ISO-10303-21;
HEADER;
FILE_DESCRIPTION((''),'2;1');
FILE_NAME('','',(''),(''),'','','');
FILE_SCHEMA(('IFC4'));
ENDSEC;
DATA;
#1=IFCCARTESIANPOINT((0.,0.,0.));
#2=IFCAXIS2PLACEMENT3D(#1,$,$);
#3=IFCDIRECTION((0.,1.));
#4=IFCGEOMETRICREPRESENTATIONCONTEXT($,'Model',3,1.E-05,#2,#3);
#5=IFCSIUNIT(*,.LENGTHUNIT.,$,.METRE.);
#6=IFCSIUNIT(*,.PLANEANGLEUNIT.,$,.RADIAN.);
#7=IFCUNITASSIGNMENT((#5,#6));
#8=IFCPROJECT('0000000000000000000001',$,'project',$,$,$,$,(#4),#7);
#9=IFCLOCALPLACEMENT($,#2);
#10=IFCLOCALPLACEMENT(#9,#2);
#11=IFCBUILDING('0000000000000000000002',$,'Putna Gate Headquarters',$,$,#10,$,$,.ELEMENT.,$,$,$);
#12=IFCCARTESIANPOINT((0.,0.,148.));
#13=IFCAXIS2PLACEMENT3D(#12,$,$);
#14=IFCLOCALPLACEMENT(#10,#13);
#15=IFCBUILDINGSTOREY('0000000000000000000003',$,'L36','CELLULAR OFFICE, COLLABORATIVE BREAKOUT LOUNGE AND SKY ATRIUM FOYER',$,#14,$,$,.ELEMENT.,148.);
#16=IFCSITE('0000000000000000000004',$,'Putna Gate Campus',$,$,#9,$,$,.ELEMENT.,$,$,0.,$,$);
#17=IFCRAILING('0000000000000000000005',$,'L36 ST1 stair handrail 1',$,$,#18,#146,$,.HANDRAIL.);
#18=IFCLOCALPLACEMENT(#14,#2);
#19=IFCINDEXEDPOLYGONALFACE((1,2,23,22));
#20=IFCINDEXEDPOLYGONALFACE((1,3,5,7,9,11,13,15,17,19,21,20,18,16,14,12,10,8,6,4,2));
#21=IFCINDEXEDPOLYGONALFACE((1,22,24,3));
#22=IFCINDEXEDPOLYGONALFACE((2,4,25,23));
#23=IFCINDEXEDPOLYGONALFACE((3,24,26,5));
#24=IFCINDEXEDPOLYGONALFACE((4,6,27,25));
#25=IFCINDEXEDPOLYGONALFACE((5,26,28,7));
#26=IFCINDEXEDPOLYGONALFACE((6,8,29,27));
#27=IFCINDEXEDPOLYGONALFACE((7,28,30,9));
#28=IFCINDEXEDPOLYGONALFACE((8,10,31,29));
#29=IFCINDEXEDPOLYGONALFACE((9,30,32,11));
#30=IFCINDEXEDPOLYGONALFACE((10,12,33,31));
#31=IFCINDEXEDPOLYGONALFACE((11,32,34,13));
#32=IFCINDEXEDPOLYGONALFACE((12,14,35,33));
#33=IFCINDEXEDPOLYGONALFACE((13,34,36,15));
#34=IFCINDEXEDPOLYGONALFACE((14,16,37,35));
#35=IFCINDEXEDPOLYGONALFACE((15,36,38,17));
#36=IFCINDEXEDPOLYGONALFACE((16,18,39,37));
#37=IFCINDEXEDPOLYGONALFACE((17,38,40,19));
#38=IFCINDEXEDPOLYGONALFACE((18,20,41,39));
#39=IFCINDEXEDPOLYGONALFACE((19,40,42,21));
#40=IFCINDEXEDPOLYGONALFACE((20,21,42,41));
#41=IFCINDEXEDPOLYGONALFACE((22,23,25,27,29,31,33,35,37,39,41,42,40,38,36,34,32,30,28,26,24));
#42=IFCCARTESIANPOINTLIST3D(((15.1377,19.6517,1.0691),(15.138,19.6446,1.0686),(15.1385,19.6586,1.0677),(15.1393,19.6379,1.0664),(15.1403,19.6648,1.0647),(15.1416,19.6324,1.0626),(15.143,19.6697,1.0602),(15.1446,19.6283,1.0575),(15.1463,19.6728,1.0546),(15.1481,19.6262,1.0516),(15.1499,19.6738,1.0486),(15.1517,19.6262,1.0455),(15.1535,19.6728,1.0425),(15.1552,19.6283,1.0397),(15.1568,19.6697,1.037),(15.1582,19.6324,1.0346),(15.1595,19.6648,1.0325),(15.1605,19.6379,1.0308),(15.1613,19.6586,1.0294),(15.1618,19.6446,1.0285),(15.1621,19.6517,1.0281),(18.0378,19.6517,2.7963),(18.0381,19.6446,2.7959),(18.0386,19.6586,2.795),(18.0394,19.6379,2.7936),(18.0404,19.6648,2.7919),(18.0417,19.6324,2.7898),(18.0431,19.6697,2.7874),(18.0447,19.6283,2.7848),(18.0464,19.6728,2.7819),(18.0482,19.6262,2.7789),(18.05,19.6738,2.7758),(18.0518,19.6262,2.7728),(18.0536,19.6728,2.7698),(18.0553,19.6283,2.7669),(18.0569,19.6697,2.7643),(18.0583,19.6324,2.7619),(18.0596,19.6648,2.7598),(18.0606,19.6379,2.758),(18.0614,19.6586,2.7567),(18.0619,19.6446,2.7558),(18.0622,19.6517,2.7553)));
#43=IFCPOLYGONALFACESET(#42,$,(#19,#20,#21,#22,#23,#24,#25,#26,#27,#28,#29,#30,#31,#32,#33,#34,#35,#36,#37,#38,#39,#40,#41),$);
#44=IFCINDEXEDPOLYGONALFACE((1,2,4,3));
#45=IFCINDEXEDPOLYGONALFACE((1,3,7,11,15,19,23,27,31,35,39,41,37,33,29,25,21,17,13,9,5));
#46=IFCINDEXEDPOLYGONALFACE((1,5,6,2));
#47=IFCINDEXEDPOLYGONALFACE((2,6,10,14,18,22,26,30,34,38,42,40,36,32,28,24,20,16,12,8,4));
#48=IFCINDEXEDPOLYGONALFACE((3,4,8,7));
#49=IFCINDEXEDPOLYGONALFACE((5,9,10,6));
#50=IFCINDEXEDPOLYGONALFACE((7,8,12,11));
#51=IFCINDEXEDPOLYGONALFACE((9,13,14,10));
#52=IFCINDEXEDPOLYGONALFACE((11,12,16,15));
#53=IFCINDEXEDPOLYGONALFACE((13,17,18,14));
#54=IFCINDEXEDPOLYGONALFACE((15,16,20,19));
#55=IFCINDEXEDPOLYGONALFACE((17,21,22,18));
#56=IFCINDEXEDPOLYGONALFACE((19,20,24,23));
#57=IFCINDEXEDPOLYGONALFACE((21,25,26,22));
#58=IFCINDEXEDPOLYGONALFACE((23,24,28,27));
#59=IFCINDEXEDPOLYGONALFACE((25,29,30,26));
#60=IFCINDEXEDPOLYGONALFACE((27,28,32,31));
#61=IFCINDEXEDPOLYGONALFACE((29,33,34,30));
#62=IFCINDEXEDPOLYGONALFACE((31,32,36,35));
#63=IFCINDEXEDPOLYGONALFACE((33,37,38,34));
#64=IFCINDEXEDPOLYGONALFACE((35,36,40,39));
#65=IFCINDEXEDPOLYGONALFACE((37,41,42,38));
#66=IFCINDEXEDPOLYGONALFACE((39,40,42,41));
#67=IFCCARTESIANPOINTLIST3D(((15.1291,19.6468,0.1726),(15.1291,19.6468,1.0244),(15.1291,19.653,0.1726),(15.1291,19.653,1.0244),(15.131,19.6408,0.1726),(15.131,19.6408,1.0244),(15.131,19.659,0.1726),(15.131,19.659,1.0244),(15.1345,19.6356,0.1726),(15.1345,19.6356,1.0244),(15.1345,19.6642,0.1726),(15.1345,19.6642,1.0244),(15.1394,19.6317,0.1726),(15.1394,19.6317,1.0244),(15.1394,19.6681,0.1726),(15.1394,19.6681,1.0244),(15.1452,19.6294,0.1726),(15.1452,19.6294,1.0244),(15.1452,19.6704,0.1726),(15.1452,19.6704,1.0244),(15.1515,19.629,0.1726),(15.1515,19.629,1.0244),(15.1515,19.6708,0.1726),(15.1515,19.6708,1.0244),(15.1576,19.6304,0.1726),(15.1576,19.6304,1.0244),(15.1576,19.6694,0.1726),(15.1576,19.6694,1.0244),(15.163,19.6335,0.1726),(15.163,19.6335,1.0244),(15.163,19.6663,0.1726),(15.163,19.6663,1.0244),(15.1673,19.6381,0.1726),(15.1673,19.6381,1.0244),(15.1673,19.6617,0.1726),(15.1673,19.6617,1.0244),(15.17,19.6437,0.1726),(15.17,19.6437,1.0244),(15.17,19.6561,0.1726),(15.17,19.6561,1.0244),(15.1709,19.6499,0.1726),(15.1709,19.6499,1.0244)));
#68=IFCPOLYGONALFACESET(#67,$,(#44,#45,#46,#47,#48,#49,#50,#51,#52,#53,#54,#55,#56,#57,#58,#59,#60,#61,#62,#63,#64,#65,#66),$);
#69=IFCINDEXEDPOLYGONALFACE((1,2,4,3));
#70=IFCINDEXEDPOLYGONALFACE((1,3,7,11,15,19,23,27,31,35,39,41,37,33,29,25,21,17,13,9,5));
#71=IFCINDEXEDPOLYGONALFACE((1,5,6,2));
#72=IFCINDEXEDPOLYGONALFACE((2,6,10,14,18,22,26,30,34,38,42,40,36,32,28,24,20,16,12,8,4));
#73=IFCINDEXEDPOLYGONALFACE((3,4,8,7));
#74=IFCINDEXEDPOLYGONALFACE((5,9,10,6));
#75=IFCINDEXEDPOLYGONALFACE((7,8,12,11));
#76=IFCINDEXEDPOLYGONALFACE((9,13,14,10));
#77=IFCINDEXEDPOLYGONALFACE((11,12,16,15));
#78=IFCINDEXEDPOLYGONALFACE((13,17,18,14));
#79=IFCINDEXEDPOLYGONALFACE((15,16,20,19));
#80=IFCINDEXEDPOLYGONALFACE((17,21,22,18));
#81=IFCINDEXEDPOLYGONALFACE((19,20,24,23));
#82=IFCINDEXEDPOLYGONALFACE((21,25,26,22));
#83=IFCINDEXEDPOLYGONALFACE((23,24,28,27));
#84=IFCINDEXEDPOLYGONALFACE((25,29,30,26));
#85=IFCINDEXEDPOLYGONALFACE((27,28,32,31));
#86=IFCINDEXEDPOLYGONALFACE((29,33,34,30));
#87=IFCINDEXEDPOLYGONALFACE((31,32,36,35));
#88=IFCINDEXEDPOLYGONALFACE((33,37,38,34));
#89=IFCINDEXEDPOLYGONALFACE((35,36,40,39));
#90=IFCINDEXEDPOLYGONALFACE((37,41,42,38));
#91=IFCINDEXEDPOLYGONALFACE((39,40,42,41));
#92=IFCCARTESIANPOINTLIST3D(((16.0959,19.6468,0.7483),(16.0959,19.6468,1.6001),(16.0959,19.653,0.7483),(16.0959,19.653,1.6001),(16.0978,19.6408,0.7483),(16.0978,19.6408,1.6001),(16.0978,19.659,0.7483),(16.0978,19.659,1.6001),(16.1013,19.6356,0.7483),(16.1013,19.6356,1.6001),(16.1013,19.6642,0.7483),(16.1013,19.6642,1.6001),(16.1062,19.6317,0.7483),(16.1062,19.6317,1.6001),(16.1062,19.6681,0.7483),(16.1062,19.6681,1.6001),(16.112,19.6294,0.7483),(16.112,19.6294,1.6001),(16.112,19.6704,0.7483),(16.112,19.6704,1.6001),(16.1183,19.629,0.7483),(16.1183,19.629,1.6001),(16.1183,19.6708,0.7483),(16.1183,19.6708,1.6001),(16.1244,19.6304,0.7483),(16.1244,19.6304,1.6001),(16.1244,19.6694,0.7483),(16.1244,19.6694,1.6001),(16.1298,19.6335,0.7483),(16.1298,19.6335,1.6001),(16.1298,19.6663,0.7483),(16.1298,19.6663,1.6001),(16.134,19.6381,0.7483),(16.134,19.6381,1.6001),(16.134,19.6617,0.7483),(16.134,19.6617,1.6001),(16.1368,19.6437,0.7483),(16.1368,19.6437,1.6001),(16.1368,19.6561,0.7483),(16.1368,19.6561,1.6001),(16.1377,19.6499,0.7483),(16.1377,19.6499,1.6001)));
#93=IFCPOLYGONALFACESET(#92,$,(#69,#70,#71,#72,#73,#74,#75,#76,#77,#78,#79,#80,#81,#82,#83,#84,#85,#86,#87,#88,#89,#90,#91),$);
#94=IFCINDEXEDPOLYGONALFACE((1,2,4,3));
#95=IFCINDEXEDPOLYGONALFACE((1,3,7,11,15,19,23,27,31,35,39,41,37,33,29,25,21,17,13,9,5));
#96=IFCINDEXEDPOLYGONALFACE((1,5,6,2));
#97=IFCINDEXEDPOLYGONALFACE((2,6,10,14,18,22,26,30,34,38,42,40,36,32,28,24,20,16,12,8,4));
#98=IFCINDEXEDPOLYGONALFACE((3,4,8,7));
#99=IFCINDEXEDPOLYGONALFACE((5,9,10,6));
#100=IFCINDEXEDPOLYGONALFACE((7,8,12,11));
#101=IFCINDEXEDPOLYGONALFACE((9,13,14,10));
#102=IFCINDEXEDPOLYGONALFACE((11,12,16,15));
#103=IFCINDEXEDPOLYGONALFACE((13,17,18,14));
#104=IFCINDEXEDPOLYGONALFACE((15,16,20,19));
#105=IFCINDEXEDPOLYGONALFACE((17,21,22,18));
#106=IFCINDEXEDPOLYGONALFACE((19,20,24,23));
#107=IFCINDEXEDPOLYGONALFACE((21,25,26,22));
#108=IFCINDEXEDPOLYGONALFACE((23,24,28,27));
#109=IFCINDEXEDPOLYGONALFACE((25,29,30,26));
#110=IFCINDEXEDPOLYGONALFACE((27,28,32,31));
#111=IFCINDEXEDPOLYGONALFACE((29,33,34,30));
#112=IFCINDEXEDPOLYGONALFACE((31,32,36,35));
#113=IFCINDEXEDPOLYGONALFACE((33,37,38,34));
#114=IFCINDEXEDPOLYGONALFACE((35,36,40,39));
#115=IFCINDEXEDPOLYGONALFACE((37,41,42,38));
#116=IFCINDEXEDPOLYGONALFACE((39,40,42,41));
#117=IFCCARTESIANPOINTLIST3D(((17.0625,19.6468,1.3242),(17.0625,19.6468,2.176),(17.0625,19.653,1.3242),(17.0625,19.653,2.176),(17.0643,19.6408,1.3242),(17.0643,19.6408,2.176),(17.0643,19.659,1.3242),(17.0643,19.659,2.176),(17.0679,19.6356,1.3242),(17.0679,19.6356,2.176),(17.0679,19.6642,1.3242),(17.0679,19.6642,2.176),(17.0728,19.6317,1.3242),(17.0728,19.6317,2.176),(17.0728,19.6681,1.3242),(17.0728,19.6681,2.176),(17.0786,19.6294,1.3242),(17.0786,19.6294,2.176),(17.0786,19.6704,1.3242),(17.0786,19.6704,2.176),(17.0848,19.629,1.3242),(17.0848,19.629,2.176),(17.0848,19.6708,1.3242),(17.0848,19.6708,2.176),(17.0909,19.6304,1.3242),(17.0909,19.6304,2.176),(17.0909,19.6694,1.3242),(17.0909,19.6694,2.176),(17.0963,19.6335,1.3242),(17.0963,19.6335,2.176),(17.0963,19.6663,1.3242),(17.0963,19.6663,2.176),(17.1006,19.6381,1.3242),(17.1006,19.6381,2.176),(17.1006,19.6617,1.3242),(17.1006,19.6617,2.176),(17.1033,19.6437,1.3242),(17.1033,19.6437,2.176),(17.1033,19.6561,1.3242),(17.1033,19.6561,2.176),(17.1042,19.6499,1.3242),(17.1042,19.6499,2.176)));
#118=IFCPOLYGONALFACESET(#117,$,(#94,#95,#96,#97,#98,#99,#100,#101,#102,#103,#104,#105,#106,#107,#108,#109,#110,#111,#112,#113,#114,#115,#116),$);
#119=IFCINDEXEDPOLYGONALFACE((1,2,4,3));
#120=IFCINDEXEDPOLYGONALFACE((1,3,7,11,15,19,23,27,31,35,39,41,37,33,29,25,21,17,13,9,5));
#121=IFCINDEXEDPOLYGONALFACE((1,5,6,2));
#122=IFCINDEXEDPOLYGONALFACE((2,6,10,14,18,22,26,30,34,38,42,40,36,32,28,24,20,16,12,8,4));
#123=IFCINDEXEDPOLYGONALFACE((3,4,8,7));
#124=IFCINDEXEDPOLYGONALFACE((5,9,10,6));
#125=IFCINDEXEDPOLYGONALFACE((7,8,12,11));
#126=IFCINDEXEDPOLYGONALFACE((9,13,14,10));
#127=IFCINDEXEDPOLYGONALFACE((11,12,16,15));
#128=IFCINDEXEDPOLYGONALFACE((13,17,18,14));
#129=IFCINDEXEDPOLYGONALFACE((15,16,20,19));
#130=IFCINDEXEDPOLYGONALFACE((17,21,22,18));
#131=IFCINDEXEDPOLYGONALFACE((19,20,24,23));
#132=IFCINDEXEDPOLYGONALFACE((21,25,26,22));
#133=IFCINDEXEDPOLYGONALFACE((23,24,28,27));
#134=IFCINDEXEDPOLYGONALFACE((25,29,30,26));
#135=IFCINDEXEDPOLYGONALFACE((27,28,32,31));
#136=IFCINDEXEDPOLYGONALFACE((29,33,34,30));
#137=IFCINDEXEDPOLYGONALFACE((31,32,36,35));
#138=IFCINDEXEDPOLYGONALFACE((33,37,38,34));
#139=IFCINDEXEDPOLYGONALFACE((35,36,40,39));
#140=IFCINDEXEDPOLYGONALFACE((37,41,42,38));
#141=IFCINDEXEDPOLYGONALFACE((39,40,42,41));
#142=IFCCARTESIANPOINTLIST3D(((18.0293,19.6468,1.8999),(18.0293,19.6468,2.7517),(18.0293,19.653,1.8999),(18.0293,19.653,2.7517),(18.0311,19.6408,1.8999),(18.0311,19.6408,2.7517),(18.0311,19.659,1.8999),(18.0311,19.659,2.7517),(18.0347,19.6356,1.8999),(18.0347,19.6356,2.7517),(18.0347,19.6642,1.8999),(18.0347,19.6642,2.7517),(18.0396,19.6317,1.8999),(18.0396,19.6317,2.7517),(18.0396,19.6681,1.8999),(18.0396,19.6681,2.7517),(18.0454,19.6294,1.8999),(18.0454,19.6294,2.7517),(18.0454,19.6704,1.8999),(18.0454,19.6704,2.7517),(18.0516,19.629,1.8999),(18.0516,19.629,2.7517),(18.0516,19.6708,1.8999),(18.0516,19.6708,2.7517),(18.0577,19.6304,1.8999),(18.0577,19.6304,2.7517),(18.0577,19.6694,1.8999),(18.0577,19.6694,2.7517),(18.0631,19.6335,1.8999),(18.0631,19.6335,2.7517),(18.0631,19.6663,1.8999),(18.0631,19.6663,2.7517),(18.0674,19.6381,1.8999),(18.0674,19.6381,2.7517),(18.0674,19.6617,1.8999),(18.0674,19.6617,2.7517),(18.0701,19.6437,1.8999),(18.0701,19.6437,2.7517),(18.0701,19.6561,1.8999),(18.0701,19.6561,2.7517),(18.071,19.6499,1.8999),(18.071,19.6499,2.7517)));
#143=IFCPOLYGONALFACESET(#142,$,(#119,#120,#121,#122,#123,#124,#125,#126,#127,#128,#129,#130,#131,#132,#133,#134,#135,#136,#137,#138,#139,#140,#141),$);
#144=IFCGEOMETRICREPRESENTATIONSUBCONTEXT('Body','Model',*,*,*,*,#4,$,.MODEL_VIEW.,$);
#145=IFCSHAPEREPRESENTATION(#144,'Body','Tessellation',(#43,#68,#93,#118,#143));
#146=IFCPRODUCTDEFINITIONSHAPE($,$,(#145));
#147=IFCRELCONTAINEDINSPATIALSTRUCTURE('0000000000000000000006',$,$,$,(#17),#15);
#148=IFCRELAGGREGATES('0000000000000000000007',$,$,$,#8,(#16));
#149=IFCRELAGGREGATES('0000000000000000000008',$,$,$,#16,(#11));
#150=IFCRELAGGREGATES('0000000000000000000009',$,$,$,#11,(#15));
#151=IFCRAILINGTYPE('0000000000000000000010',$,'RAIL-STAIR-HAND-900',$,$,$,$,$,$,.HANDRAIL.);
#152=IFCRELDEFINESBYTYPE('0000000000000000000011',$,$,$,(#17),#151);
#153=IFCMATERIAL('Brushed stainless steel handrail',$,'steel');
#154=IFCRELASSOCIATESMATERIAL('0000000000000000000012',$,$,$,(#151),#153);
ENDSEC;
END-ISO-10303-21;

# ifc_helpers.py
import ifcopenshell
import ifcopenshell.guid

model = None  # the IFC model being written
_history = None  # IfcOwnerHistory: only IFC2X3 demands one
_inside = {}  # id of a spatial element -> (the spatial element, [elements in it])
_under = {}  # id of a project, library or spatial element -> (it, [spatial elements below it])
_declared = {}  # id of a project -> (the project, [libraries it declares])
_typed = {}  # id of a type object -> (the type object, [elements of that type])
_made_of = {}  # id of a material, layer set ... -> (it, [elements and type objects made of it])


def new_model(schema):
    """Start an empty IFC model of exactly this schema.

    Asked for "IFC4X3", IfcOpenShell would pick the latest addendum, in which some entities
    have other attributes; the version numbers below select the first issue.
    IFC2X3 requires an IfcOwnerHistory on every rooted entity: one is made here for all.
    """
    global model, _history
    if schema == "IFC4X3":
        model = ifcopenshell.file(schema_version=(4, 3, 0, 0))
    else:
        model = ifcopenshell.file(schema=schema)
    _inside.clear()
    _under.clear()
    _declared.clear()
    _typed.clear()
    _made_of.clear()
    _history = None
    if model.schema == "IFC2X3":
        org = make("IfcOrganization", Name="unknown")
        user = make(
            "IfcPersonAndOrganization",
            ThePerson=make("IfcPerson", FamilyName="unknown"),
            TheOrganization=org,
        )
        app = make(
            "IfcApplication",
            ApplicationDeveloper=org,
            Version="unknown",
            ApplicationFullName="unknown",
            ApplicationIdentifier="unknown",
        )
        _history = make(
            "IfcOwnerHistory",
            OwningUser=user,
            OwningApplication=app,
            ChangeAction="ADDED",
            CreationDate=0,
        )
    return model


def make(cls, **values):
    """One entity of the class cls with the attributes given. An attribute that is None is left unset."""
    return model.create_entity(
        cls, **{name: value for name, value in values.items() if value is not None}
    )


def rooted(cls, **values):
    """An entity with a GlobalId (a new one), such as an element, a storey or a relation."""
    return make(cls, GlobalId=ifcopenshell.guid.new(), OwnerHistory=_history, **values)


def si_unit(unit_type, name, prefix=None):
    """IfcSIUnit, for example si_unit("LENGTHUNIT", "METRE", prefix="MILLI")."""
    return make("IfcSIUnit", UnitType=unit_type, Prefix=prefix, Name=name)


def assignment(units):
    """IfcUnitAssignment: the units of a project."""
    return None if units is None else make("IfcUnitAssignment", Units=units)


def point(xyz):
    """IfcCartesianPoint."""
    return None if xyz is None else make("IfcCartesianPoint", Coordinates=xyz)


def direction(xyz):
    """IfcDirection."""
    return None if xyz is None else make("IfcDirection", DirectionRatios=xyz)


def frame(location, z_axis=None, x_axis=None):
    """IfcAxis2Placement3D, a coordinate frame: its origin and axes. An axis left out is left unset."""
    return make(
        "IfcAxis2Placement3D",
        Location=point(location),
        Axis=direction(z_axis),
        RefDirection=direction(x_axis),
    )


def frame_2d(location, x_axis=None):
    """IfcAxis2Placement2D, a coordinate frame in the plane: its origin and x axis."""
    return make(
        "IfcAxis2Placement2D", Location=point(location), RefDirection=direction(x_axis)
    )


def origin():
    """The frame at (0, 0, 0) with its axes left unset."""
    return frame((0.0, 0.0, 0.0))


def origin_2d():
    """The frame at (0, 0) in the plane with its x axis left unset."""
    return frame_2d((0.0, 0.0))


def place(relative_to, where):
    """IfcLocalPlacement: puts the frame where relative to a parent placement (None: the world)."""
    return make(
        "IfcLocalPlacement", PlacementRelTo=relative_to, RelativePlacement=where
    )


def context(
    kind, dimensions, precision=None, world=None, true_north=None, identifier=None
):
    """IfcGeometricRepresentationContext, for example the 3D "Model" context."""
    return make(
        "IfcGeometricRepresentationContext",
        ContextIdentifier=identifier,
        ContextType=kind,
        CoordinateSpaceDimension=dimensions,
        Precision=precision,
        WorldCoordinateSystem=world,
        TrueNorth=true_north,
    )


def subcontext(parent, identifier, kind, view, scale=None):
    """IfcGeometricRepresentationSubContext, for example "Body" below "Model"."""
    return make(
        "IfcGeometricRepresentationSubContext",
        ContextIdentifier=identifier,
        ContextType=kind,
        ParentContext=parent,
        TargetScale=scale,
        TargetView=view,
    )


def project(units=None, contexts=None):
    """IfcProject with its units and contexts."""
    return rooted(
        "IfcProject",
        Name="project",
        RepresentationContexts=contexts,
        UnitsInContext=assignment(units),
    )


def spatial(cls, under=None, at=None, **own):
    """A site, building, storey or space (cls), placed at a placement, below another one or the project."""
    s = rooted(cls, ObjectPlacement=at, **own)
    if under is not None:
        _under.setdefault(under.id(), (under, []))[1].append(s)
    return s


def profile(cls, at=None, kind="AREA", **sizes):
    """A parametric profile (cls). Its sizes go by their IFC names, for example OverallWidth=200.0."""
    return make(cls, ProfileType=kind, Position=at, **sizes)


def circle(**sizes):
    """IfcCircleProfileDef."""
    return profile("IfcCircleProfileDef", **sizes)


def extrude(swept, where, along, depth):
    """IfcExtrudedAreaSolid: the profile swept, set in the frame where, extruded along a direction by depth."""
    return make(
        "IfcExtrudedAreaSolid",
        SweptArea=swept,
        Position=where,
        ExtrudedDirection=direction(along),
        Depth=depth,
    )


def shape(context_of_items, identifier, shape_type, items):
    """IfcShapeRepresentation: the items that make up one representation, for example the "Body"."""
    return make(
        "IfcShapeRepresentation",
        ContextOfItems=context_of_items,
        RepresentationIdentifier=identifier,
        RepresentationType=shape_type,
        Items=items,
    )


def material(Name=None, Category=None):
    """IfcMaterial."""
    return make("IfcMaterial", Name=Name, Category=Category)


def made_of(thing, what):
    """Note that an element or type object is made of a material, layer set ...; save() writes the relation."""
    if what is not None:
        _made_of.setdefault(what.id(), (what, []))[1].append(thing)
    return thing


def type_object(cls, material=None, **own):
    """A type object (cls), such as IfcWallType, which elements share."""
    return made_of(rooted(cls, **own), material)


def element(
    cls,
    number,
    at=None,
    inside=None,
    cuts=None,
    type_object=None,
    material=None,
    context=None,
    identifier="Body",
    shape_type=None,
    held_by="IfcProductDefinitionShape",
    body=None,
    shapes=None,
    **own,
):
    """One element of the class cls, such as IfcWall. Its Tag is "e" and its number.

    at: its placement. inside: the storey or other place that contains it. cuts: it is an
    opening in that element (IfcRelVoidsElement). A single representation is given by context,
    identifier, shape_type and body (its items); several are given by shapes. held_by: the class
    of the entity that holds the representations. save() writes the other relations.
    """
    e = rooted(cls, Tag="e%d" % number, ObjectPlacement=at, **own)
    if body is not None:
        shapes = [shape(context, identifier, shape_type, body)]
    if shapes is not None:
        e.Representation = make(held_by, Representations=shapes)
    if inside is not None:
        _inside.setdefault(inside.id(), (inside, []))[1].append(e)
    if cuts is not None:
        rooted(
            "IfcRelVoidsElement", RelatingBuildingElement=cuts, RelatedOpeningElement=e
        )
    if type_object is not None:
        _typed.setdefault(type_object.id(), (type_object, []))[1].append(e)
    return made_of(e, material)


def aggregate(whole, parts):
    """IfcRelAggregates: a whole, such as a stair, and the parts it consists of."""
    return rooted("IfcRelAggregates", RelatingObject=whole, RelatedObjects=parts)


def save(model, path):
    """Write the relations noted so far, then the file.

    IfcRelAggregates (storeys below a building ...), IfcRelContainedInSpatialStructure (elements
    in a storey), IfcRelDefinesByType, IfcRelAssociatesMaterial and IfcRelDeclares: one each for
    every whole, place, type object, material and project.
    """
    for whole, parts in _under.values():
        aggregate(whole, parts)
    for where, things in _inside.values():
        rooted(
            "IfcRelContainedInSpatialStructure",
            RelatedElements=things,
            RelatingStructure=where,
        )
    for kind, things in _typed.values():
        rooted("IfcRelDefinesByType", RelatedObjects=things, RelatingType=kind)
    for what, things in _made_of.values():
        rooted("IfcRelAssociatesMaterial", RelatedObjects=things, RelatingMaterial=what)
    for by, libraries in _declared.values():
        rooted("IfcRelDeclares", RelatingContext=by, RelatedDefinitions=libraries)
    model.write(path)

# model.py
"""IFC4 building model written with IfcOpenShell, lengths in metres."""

from ifc_helpers import new_model, si_unit, direction, frame, origin, origin_2d, place, context, subcontext, project, spatial, circle, extrude, material, type_object, element, save


model = new_model("IFC4")

# Units and contexts
model_context = context("Model", 3, precision=1e-05, world=origin(), true_north=direction((0.0, 1.0)))
body_context = subcontext(model_context, "Body", "Model", "MODEL_VIEW")
ifc_project = project(units=[si_unit("LENGTHUNIT", "METRE"), si_unit("PLANEANGLEUNIT", "RADIAN")], contexts=[model_context])

# Site, building, storey
site_placement = place(None, origin())
site = spatial("IfcSite", under=ifc_project, at=site_placement, Name="Putna Gate Campus", CompositionType="ELEMENT", RefElevation=0.0)
building_placement = place(site_placement, origin())
building = spatial("IfcBuilding", under=site, at=building_placement, Name="Putna Gate Headquarters", CompositionType="ELEMENT")
storey_placement = place(building_placement, frame((0.0, 0.0, 148.0)))
storey = spatial("IfcBuildingStorey", under=building, at=storey_placement, Name="L36", Description="CELLULAR OFFICE, COLLABORATIVE BREAKOUT LOUNGE AND SKY ATRIUM FOYER", CompositionType="ELEMENT", Elevation=148.0)

# Railing
ifc_material_1 = material(Name="Brushed stainless steel handrail", Category="steel")
railing_type_1 = type_object("IfcRailingType", Name="RAIL-STAIR-HAND-900", PredefinedType="HANDRAIL", material=ifc_material_1)
railing_1_placement = place(storey_placement, frame((15.1499, 19.6499, 0.1726)))
element("IfcRailing", 1, at=railing_1_placement, inside=storey, type_object=railing_type_1, Name="L36 ST1 stair handrail 1", PredefinedType="HANDRAIL", context=body_context, shape_type="SweptSolid", body=[
    extrude(circle(Radius=0.0239, at=origin_2d()), frame((0.0, 0.0, 0.876), z_axis=(0.85916, 0.0, 0.511706), x_axis=(0.0, 1.0, 0.0)), (0.0, 0.0, 1.0), 3.3755),
    extrude(circle(Radius=0.021, at=origin_2d()), origin(), (0.0, 0.0, 1.0), 0.8518),
    extrude(circle(Radius=0.021, at=origin_2d()), frame((0.9668, 0.0, 0.5757)), (0.0, 0.0, 1.0), 0.8518),
    extrude(circle(Radius=0.021, at=origin_2d()), frame((1.9333, 0.0, 1.1516)), (0.0, 0.0, 1.0), 0.8518),
    extrude(circle(Radius=0.021, at=origin_2d()), frame((2.9001, 0.0, 1.7273)), (0.0, 0.0, 1.0), 0.8518),
])

save(model, "model.ifc")
